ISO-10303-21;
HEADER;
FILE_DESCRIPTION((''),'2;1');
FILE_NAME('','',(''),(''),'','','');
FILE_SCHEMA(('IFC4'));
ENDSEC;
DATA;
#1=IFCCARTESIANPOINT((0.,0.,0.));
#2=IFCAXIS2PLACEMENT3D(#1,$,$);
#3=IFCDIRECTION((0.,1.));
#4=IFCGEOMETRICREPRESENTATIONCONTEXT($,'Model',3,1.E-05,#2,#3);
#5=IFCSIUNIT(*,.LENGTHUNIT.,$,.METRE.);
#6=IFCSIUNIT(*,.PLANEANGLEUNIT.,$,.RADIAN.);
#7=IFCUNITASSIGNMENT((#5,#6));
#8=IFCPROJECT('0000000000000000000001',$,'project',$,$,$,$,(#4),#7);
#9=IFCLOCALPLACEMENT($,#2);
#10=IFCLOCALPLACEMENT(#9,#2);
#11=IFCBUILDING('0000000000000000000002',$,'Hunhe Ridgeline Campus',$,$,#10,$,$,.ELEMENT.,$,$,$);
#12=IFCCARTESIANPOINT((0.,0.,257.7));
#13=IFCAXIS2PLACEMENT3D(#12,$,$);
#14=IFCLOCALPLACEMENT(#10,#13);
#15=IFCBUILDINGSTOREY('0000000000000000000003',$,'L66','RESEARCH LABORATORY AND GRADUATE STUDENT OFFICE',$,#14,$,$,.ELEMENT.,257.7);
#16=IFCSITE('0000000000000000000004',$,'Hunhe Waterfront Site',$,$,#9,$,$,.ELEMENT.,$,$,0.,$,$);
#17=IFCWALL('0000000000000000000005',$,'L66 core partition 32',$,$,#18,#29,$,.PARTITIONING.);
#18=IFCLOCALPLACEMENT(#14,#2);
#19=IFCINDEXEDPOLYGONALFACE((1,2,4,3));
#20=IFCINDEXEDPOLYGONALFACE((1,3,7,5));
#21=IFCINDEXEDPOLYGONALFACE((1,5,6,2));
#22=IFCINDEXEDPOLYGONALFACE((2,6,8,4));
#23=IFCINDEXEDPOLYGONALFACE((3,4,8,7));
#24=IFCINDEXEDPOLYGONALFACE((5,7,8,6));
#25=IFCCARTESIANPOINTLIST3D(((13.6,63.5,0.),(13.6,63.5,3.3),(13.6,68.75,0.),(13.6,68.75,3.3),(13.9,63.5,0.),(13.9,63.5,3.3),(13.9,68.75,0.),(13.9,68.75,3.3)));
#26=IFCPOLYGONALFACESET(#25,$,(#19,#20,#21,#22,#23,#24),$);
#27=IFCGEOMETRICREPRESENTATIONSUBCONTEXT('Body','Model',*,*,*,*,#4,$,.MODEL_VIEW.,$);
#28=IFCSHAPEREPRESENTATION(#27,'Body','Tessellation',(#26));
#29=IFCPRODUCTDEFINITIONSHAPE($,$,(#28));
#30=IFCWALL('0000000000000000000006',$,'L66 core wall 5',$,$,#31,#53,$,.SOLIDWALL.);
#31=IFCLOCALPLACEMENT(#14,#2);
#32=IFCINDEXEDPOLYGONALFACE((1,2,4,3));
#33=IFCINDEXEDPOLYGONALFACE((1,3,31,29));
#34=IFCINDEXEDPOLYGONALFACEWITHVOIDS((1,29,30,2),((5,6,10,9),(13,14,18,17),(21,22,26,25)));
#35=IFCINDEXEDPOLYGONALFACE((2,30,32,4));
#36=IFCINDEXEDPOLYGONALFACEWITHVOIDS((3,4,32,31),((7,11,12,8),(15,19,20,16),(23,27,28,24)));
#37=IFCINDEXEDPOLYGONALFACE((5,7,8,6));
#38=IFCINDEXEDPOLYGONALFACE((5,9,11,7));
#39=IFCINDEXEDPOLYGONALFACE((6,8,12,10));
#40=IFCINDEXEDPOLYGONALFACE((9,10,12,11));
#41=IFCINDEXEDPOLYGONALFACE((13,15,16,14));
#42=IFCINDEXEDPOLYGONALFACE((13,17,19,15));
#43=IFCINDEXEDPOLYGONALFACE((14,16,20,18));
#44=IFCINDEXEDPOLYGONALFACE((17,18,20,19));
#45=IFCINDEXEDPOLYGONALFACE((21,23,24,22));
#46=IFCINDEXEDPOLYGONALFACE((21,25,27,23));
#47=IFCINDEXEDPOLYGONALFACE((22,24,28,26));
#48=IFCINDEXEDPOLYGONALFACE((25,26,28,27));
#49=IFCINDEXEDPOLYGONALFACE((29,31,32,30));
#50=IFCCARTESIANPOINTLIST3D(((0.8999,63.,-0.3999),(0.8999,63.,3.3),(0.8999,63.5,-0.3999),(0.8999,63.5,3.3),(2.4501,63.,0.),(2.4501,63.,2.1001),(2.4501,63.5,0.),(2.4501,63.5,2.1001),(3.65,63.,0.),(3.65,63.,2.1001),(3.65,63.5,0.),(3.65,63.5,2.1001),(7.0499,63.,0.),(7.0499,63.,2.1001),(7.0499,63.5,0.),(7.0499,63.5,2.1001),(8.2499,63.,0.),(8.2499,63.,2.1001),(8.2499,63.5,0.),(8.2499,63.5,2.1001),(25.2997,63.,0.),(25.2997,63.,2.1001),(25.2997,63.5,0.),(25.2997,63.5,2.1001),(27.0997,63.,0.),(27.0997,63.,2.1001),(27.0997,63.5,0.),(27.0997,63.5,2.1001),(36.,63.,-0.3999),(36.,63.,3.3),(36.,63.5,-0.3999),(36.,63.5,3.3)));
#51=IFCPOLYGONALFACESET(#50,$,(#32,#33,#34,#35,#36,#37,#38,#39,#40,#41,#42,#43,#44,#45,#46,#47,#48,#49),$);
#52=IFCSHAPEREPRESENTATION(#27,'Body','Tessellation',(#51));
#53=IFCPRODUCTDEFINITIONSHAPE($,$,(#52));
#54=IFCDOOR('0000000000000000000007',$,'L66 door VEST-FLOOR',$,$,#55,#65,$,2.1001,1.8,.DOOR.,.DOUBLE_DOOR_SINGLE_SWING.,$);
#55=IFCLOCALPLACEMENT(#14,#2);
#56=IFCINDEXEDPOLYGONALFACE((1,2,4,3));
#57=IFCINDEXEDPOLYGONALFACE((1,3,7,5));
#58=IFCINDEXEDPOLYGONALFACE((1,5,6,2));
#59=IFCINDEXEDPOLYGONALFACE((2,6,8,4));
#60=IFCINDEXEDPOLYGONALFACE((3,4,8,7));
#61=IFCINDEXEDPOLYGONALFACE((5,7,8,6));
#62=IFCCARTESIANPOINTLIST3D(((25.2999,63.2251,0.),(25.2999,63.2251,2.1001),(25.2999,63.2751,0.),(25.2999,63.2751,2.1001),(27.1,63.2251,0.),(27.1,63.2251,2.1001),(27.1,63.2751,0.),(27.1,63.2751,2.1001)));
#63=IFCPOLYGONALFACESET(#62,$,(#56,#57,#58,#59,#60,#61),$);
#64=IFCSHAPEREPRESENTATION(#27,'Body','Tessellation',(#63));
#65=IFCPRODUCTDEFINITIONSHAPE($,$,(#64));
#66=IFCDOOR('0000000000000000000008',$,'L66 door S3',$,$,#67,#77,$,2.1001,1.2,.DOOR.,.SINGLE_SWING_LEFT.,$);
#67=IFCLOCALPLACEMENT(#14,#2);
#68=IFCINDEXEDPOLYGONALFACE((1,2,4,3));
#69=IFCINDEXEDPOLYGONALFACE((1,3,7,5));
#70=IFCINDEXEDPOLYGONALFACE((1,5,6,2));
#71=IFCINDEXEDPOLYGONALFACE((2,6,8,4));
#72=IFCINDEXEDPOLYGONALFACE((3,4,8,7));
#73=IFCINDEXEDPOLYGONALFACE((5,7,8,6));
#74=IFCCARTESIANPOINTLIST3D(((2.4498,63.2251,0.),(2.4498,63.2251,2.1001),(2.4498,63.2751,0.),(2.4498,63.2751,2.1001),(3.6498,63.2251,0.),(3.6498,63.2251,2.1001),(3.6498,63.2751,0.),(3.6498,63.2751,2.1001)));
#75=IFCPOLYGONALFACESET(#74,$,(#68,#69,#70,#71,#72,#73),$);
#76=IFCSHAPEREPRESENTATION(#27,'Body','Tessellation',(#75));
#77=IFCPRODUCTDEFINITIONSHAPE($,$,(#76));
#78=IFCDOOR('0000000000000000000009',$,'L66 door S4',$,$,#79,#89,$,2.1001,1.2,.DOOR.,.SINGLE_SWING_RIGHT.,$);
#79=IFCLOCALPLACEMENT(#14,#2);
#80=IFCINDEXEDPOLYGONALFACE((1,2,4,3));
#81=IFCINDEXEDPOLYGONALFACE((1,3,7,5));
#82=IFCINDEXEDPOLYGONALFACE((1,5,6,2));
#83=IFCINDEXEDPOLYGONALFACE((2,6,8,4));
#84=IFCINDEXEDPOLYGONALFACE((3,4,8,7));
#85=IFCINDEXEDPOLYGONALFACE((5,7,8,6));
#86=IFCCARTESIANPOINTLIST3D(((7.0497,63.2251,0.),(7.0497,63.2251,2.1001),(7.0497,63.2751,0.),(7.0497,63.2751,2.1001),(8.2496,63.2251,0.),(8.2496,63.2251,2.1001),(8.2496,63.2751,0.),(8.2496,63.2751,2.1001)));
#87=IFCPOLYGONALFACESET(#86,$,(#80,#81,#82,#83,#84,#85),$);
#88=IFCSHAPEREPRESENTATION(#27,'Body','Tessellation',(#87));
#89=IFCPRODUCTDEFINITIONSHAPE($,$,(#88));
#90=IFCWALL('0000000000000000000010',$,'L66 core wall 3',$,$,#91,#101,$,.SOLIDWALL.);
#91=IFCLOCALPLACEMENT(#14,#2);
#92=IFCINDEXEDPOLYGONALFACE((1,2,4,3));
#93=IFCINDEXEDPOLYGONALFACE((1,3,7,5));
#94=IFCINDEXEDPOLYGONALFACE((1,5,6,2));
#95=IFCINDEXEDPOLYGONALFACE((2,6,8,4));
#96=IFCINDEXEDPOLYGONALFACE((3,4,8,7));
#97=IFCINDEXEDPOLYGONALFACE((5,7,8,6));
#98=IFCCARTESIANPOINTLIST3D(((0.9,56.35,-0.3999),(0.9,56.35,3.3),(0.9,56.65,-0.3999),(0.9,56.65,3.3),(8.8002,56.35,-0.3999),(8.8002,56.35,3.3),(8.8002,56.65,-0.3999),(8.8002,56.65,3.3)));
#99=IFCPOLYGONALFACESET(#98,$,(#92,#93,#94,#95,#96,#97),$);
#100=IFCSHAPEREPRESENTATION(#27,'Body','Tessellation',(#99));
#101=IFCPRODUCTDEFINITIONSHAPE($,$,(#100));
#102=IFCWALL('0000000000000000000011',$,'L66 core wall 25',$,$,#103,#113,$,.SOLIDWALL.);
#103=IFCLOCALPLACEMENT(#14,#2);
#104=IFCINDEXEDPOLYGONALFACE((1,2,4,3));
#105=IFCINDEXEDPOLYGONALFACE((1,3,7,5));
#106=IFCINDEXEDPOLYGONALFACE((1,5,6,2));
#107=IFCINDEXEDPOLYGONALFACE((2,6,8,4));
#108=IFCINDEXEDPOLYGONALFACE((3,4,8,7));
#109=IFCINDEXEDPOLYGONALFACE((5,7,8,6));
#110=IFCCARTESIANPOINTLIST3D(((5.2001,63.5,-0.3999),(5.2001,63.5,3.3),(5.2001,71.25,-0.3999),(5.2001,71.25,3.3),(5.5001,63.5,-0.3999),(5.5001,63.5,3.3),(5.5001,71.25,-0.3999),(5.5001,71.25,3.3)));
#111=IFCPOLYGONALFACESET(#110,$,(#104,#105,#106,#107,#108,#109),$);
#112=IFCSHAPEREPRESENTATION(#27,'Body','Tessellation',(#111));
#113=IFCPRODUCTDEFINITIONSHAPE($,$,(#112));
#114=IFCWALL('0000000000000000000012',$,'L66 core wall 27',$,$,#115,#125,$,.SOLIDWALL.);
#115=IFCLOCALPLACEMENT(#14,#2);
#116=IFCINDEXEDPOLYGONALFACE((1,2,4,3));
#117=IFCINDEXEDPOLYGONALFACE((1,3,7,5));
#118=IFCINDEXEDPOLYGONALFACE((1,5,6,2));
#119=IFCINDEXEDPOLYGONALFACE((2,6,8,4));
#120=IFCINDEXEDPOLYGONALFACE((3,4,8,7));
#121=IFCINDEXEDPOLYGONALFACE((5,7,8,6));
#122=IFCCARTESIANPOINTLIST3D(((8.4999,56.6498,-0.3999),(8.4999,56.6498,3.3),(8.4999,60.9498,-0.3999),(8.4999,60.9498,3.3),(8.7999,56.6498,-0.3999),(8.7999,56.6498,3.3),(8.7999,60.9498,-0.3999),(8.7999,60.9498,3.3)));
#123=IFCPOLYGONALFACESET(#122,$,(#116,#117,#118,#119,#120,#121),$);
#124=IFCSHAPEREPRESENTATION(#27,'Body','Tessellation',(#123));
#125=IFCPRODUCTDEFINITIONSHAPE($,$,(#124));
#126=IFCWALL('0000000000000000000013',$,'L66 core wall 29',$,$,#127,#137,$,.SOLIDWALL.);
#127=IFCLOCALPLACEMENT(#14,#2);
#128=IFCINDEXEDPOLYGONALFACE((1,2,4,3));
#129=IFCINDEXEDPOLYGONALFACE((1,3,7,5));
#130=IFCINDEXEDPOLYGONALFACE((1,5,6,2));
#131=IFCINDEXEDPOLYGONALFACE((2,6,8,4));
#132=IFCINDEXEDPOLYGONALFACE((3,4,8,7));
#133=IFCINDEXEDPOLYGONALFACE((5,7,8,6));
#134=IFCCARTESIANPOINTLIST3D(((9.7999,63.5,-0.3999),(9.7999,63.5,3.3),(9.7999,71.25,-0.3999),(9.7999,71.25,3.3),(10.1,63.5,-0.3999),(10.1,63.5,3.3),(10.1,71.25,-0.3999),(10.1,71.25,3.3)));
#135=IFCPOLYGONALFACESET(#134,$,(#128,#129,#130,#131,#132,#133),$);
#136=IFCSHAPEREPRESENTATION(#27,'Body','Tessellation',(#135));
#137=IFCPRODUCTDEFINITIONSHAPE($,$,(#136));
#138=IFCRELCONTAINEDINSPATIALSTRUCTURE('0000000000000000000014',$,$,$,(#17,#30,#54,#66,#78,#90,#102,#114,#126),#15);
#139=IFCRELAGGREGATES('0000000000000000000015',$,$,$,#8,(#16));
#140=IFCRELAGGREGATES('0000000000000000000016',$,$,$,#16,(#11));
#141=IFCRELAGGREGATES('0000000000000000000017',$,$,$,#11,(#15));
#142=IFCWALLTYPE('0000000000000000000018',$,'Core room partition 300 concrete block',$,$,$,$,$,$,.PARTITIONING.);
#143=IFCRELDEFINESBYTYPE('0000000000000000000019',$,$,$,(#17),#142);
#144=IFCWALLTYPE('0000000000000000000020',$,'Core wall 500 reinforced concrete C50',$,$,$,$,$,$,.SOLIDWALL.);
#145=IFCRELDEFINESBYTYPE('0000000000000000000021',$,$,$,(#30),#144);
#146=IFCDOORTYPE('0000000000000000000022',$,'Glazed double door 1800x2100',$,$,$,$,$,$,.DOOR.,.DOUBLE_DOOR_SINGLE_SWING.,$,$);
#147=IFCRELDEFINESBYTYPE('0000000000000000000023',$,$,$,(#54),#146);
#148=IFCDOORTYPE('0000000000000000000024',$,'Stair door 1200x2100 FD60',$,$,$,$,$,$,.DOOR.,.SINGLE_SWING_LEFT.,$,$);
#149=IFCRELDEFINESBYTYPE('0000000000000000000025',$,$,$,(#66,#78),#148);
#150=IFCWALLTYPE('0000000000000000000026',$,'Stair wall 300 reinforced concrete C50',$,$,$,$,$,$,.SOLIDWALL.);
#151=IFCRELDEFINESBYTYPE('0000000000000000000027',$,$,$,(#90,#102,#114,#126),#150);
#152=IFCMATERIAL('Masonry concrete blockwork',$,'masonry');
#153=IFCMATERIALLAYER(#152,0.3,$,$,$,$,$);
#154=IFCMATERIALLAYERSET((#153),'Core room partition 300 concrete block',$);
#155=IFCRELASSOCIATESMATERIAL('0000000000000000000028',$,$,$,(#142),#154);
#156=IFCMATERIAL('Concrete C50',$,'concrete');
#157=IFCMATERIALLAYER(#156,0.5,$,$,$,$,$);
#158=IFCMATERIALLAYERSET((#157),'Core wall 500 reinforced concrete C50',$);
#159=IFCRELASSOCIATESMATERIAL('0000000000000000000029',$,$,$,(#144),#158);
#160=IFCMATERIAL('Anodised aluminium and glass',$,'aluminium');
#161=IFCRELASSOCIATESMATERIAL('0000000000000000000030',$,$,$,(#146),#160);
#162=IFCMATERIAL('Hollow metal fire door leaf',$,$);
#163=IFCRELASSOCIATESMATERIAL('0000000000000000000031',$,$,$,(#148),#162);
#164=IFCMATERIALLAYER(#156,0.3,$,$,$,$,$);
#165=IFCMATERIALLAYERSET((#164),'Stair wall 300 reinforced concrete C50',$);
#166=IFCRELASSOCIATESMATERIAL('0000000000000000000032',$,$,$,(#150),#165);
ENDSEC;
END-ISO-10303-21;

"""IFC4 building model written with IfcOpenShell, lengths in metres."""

from ifc_helpers import new_model, si_unit, direction, frame, frame_2d, origin, place, context, subcontext, project, spatial, rectangle, extrude, material, layer, layer_set, type_object, element, fill, save


model = new_model("IFC4")

# Units and contexts
model_context = context("Model", 3, precision=1e-05, world=origin(), true_north=direction((0.0, 1.0)))
body_context = subcontext(model_context, "Body", "Model", "MODEL_VIEW")
ifc_project = project(units=[si_unit("LENGTHUNIT", "METRE"), si_unit("PLANEANGLEUNIT", "RADIAN")], contexts=[model_context])

# Site, building, storey
site_placement = place(None, origin())
site = spatial("IfcSite", under=ifc_project, at=site_placement, Name="Hunhe Waterfront Site", CompositionType="ELEMENT", RefElevation=0.0)
building_placement = place(site_placement, origin())
building = spatial("IfcBuilding", under=site, at=building_placement, Name="Hunhe Ridgeline Campus", CompositionType="ELEMENT")
storey_placement = place(building_placement, frame((0.0, 0.0, 257.7)))
storey = spatial("IfcBuildingStorey", under=building, at=storey_placement, Name="L66", Description="RESEARCH LABORATORY AND GRADUATE STUDENT OFFICE", CompositionType="ELEMENT", Elevation=257.7)

# Wall
ifc_material_1 = material(Name="Masonry concrete blockwork", Category="masonry")
ifc_layer_1 = layer(ifc_material_1, 0.3)
ifc_layer_set_1 = layer_set([ifc_layer_1], Name="Core room partition 300 concrete block")
wall_type_1 = type_object("IfcWallType", Name="Core room partition 300 concrete block", PredefinedType="PARTITIONING", material=ifc_layer_set_1)
wall_1_placement = place(storey_placement, frame((13.75, 63.5, 0.0), z_axis=(0.0, 0.0, 1.0), x_axis=(0.0, 1.0, 0.0)))
element("IfcWall", 1, at=wall_1_placement, inside=storey, type_object=wall_type_1, Name="L66 core partition 32", PredefinedType="PARTITIONING", context=body_context, shape_type="SweptSolid", body=[
    extrude(rectangle(XDim=5.25, YDim=0.3, at=frame_2d((2.625, 0.0))), origin(), (0.0, 0.0, 1.0), 3.3),
])

# Wall, openings, doors
ifc_material_2 = material(Name="Concrete C50", Category="concrete")
ifc_layer_2 = layer(ifc_material_2, 0.5)
ifc_layer_set_2 = layer_set([ifc_layer_2], Name="Core wall 500 reinforced concrete C50")
wall_type_2 = type_object("IfcWallType", Name="Core wall 500 reinforced concrete C50", PredefinedType="SOLIDWALL", material=ifc_layer_set_2)
wall_2_placement = place(storey_placement, frame((0.8999, 63.25, -0.3999), z_axis=(0.0, 0.0, 1.0), x_axis=(1.0, 0.0, 0.0)))
wall_2 = element("IfcWall", 2, at=wall_2_placement, inside=storey, type_object=wall_type_2, Name="L66 core wall 5", PredefinedType="SOLIDWALL", context=body_context, shape_type="SweptSolid", body=[
    extrude(rectangle(XDim=35.1001, YDim=0.5, at=frame_2d((17.55, 0.0))), origin(), (0.0, 0.0, 1.0), 3.7),
])
opening_1_placement = place(wall_2_placement, frame((24.3999, 0.0, 0.3999)))
opening_1 = element("IfcOpeningElement", 3, at=opening_1_placement, cuts=wall_2, PredefinedType="OPENING", context=body_context, shape_type="SweptSolid", body=[
    extrude(rectangle(XDim=1.8, YDim=2.1001, at=frame_2d((0.8999, 1.05))), frame((0.0, 0.25, 0.0), z_axis=(0.0, -1.0, 0.0), x_axis=(1.0, 0.0, 0.0)), (0.0, 0.0, 1.0), 0.5),
])
opening_2_placement = place(wall_2_placement, frame((1.55, 0.0, 0.3999)))
opening_2 = element("IfcOpeningElement", 4, at=opening_2_placement, cuts=wall_2, PredefinedType="OPENING", context=body_context, shape_type="SweptSolid", body=[
    extrude(rectangle(XDim=1.2, YDim=2.1001, at=frame_2d((0.6001, 1.05))), frame((0.0, 0.25, 0.0), z_axis=(0.0, -1.0, 0.0), x_axis=(1.0, 0.0, 0.0)), (0.0, 0.0, 1.0), 0.5),
])
opening_3_placement = place(wall_2_placement, frame((6.1499, 0.0, 0.3999)))
opening_3 = element("IfcOpeningElement", 5, at=opening_3_placement, cuts=wall_2, PredefinedType="OPENING", context=body_context, shape_type="SweptSolid", body=[
    extrude(rectangle(XDim=1.2, YDim=2.1001, at=frame_2d((0.6001, 1.05))), frame((0.0, 0.25, 0.0), z_axis=(0.0, -1.0, 0.0), x_axis=(1.0, 0.0, 0.0)), (0.0, 0.0, 1.0), 0.5),
])
ifc_material_3 = material(Name="Anodised aluminium and glass", Category="aluminium")
door_type_1 = type_object("IfcDoorType", Name="Glazed double door 1800x2100", OperationType="DOUBLE_DOOR_SINGLE_SWING", PredefinedType="DOOR", material=ifc_material_3)
door_1_placement = place(opening_1_placement, frame((1.8, 0.0, 0.0), z_axis=(0.0, 0.0, 1.0), x_axis=(-1.0, 0.0, 0.0)))
door_1 = element("IfcDoor", 6, at=door_1_placement, inside=storey, type_object=door_type_1, Name="L66 door VEST-FLOOR", OperationType="DOUBLE_DOOR_SINGLE_SWING", OverallHeight=2.1001, OverallWidth=1.8, PredefinedType="DOOR", context=body_context, shape_type="SweptSolid", body=[
    extrude(rectangle(XDim=1.8, YDim=2.1001, at=frame_2d((0.8999, 1.05))), frame((0.0, 0.0249, 0.0), z_axis=(0.0, -1.0, 0.0), x_axis=(1.0, 0.0, 0.0)), (0.0, 0.0, 1.0), 0.05),
])
fill(opening_1, door_1)
ifc_material_4 = material(Name="Hollow metal fire door leaf")
door_type_2 = type_object("IfcDoorType", Name="Stair door 1200x2100 FD60", OperationType="SINGLE_SWING_LEFT", PredefinedType="DOOR", material=ifc_material_4)
door_2_placement = place(opening_2_placement, frame((1.2, 0.0, 0.0), z_axis=(0.0, 0.0, 1.0), x_axis=(-1.0, 0.0, 0.0)))
door_2 = element("IfcDoor", 7, at=door_2_placement, inside=storey, type_object=door_type_2, Name="L66 door S3", OperationType="SINGLE_SWING_LEFT", OverallHeight=2.1001, OverallWidth=1.2, PredefinedType="DOOR", context=body_context, shape_type="SweptSolid", body=[
    extrude(rectangle(XDim=1.2, YDim=2.1001, at=frame_2d((0.6001, 1.05))), frame((0.0, 0.0249, 0.0), z_axis=(0.0, -1.0, 0.0), x_axis=(1.0, 0.0, 0.0)), (0.0, 0.0, 1.0), 0.05),
])
fill(opening_2, door_2)
door_3_placement = place(opening_3_placement, frame((1.2, 0.0, 0.0), z_axis=(0.0, 0.0, 1.0), x_axis=(-1.0, 0.0, 0.0)))
door_3 = element("IfcDoor", 8, at=door_3_placement, inside=storey, type_object=door_type_2, Name="L66 door S4", OperationType="SINGLE_SWING_RIGHT", OverallHeight=2.1001, OverallWidth=1.2, PredefinedType="DOOR", context=body_context, shape_type="SweptSolid", body=[
    extrude(rectangle(XDim=1.2, YDim=2.1001, at=frame_2d((0.6001, 1.05))), frame((0.0, 0.0249, 0.0), z_axis=(0.0, -1.0, 0.0), x_axis=(1.0, 0.0, 0.0)), (0.0, 0.0, 1.0), 0.05),
])
fill(opening_3, door_3)

# Wall
ifc_layer_3 = layer(ifc_material_2, 0.3)
ifc_layer_set_3 = layer_set([ifc_layer_3], Name="Stair wall 300 reinforced concrete C50")
wall_type_3 = type_object("IfcWallType", Name="Stair wall 300 reinforced concrete C50", PredefinedType="SOLIDWALL", material=ifc_layer_set_3)
wall_3_placement = place(storey_placement, frame((0.8999, 56.5, -0.3999), z_axis=(0.0, 0.0, 1.0), x_axis=(1.0, 0.0, 0.0)))
element("IfcWall", 9, at=wall_3_placement, inside=storey, type_object=wall_type_3, Name="L66 core wall 3", PredefinedType="SOLIDWALL", context=body_context, shape_type="SweptSolid", body=[
    extrude(rectangle(XDim=7.9001, YDim=0.3, at=frame_2d((3.9502, 0.0))), origin(), (0.0, 0.0, 1.0), 3.7),
])

# Walls
wall_4_placement = place(storey_placement, frame((5.3501, 63.5, -0.3999), z_axis=(0.0, 0.0, 1.0), x_axis=(0.0, 1.0, 0.0)))
element("IfcWall", 10, at=wall_4_placement, inside=storey, type_object=wall_type_3, Name="L66 core wall 25", PredefinedType="SOLIDWALL", context=body_context, shape_type="SweptSolid", body=[
    extrude(rectangle(XDim=7.75, YDim=0.3, at=frame_2d((3.875, 0.0))), origin(), (0.0, 0.0, 1.0), 3.7),
])
wall_5_placement = place(storey_placement, frame((8.6499, 56.6499, -0.3999), z_axis=(0.0, 0.0, 1.0), x_axis=(0.0, 1.0, 0.0)))
element("IfcWall", 11, at=wall_5_placement, inside=storey, type_object=wall_type_3, Name="L66 core wall 27", PredefinedType="SOLIDWALL", context=body_context, shape_type="SweptSolid", body=[
    extrude(rectangle(XDim=4.3, YDim=0.3, at=frame_2d((2.1499, 0.0))), origin(), (0.0, 0.0, 1.0), 3.7),
])
wall_6_placement = place(storey_placement, frame((9.95, 63.5, -0.3999), z_axis=(0.0, 0.0, 1.0), x_axis=(0.0, 1.0, 0.0)))
element("IfcWall", 12, at=wall_6_placement, inside=storey, type_object=wall_type_3, Name="L66 core wall 29", PredefinedType="SOLIDWALL", context=body_context, shape_type="SweptSolid", body=[
    extrude(rectangle(XDim=7.75, YDim=0.3, at=frame_2d((3.875, 0.0))), origin(), (0.0, 0.0, 1.0), 3.7),
])

save(model, "model.ifc")
